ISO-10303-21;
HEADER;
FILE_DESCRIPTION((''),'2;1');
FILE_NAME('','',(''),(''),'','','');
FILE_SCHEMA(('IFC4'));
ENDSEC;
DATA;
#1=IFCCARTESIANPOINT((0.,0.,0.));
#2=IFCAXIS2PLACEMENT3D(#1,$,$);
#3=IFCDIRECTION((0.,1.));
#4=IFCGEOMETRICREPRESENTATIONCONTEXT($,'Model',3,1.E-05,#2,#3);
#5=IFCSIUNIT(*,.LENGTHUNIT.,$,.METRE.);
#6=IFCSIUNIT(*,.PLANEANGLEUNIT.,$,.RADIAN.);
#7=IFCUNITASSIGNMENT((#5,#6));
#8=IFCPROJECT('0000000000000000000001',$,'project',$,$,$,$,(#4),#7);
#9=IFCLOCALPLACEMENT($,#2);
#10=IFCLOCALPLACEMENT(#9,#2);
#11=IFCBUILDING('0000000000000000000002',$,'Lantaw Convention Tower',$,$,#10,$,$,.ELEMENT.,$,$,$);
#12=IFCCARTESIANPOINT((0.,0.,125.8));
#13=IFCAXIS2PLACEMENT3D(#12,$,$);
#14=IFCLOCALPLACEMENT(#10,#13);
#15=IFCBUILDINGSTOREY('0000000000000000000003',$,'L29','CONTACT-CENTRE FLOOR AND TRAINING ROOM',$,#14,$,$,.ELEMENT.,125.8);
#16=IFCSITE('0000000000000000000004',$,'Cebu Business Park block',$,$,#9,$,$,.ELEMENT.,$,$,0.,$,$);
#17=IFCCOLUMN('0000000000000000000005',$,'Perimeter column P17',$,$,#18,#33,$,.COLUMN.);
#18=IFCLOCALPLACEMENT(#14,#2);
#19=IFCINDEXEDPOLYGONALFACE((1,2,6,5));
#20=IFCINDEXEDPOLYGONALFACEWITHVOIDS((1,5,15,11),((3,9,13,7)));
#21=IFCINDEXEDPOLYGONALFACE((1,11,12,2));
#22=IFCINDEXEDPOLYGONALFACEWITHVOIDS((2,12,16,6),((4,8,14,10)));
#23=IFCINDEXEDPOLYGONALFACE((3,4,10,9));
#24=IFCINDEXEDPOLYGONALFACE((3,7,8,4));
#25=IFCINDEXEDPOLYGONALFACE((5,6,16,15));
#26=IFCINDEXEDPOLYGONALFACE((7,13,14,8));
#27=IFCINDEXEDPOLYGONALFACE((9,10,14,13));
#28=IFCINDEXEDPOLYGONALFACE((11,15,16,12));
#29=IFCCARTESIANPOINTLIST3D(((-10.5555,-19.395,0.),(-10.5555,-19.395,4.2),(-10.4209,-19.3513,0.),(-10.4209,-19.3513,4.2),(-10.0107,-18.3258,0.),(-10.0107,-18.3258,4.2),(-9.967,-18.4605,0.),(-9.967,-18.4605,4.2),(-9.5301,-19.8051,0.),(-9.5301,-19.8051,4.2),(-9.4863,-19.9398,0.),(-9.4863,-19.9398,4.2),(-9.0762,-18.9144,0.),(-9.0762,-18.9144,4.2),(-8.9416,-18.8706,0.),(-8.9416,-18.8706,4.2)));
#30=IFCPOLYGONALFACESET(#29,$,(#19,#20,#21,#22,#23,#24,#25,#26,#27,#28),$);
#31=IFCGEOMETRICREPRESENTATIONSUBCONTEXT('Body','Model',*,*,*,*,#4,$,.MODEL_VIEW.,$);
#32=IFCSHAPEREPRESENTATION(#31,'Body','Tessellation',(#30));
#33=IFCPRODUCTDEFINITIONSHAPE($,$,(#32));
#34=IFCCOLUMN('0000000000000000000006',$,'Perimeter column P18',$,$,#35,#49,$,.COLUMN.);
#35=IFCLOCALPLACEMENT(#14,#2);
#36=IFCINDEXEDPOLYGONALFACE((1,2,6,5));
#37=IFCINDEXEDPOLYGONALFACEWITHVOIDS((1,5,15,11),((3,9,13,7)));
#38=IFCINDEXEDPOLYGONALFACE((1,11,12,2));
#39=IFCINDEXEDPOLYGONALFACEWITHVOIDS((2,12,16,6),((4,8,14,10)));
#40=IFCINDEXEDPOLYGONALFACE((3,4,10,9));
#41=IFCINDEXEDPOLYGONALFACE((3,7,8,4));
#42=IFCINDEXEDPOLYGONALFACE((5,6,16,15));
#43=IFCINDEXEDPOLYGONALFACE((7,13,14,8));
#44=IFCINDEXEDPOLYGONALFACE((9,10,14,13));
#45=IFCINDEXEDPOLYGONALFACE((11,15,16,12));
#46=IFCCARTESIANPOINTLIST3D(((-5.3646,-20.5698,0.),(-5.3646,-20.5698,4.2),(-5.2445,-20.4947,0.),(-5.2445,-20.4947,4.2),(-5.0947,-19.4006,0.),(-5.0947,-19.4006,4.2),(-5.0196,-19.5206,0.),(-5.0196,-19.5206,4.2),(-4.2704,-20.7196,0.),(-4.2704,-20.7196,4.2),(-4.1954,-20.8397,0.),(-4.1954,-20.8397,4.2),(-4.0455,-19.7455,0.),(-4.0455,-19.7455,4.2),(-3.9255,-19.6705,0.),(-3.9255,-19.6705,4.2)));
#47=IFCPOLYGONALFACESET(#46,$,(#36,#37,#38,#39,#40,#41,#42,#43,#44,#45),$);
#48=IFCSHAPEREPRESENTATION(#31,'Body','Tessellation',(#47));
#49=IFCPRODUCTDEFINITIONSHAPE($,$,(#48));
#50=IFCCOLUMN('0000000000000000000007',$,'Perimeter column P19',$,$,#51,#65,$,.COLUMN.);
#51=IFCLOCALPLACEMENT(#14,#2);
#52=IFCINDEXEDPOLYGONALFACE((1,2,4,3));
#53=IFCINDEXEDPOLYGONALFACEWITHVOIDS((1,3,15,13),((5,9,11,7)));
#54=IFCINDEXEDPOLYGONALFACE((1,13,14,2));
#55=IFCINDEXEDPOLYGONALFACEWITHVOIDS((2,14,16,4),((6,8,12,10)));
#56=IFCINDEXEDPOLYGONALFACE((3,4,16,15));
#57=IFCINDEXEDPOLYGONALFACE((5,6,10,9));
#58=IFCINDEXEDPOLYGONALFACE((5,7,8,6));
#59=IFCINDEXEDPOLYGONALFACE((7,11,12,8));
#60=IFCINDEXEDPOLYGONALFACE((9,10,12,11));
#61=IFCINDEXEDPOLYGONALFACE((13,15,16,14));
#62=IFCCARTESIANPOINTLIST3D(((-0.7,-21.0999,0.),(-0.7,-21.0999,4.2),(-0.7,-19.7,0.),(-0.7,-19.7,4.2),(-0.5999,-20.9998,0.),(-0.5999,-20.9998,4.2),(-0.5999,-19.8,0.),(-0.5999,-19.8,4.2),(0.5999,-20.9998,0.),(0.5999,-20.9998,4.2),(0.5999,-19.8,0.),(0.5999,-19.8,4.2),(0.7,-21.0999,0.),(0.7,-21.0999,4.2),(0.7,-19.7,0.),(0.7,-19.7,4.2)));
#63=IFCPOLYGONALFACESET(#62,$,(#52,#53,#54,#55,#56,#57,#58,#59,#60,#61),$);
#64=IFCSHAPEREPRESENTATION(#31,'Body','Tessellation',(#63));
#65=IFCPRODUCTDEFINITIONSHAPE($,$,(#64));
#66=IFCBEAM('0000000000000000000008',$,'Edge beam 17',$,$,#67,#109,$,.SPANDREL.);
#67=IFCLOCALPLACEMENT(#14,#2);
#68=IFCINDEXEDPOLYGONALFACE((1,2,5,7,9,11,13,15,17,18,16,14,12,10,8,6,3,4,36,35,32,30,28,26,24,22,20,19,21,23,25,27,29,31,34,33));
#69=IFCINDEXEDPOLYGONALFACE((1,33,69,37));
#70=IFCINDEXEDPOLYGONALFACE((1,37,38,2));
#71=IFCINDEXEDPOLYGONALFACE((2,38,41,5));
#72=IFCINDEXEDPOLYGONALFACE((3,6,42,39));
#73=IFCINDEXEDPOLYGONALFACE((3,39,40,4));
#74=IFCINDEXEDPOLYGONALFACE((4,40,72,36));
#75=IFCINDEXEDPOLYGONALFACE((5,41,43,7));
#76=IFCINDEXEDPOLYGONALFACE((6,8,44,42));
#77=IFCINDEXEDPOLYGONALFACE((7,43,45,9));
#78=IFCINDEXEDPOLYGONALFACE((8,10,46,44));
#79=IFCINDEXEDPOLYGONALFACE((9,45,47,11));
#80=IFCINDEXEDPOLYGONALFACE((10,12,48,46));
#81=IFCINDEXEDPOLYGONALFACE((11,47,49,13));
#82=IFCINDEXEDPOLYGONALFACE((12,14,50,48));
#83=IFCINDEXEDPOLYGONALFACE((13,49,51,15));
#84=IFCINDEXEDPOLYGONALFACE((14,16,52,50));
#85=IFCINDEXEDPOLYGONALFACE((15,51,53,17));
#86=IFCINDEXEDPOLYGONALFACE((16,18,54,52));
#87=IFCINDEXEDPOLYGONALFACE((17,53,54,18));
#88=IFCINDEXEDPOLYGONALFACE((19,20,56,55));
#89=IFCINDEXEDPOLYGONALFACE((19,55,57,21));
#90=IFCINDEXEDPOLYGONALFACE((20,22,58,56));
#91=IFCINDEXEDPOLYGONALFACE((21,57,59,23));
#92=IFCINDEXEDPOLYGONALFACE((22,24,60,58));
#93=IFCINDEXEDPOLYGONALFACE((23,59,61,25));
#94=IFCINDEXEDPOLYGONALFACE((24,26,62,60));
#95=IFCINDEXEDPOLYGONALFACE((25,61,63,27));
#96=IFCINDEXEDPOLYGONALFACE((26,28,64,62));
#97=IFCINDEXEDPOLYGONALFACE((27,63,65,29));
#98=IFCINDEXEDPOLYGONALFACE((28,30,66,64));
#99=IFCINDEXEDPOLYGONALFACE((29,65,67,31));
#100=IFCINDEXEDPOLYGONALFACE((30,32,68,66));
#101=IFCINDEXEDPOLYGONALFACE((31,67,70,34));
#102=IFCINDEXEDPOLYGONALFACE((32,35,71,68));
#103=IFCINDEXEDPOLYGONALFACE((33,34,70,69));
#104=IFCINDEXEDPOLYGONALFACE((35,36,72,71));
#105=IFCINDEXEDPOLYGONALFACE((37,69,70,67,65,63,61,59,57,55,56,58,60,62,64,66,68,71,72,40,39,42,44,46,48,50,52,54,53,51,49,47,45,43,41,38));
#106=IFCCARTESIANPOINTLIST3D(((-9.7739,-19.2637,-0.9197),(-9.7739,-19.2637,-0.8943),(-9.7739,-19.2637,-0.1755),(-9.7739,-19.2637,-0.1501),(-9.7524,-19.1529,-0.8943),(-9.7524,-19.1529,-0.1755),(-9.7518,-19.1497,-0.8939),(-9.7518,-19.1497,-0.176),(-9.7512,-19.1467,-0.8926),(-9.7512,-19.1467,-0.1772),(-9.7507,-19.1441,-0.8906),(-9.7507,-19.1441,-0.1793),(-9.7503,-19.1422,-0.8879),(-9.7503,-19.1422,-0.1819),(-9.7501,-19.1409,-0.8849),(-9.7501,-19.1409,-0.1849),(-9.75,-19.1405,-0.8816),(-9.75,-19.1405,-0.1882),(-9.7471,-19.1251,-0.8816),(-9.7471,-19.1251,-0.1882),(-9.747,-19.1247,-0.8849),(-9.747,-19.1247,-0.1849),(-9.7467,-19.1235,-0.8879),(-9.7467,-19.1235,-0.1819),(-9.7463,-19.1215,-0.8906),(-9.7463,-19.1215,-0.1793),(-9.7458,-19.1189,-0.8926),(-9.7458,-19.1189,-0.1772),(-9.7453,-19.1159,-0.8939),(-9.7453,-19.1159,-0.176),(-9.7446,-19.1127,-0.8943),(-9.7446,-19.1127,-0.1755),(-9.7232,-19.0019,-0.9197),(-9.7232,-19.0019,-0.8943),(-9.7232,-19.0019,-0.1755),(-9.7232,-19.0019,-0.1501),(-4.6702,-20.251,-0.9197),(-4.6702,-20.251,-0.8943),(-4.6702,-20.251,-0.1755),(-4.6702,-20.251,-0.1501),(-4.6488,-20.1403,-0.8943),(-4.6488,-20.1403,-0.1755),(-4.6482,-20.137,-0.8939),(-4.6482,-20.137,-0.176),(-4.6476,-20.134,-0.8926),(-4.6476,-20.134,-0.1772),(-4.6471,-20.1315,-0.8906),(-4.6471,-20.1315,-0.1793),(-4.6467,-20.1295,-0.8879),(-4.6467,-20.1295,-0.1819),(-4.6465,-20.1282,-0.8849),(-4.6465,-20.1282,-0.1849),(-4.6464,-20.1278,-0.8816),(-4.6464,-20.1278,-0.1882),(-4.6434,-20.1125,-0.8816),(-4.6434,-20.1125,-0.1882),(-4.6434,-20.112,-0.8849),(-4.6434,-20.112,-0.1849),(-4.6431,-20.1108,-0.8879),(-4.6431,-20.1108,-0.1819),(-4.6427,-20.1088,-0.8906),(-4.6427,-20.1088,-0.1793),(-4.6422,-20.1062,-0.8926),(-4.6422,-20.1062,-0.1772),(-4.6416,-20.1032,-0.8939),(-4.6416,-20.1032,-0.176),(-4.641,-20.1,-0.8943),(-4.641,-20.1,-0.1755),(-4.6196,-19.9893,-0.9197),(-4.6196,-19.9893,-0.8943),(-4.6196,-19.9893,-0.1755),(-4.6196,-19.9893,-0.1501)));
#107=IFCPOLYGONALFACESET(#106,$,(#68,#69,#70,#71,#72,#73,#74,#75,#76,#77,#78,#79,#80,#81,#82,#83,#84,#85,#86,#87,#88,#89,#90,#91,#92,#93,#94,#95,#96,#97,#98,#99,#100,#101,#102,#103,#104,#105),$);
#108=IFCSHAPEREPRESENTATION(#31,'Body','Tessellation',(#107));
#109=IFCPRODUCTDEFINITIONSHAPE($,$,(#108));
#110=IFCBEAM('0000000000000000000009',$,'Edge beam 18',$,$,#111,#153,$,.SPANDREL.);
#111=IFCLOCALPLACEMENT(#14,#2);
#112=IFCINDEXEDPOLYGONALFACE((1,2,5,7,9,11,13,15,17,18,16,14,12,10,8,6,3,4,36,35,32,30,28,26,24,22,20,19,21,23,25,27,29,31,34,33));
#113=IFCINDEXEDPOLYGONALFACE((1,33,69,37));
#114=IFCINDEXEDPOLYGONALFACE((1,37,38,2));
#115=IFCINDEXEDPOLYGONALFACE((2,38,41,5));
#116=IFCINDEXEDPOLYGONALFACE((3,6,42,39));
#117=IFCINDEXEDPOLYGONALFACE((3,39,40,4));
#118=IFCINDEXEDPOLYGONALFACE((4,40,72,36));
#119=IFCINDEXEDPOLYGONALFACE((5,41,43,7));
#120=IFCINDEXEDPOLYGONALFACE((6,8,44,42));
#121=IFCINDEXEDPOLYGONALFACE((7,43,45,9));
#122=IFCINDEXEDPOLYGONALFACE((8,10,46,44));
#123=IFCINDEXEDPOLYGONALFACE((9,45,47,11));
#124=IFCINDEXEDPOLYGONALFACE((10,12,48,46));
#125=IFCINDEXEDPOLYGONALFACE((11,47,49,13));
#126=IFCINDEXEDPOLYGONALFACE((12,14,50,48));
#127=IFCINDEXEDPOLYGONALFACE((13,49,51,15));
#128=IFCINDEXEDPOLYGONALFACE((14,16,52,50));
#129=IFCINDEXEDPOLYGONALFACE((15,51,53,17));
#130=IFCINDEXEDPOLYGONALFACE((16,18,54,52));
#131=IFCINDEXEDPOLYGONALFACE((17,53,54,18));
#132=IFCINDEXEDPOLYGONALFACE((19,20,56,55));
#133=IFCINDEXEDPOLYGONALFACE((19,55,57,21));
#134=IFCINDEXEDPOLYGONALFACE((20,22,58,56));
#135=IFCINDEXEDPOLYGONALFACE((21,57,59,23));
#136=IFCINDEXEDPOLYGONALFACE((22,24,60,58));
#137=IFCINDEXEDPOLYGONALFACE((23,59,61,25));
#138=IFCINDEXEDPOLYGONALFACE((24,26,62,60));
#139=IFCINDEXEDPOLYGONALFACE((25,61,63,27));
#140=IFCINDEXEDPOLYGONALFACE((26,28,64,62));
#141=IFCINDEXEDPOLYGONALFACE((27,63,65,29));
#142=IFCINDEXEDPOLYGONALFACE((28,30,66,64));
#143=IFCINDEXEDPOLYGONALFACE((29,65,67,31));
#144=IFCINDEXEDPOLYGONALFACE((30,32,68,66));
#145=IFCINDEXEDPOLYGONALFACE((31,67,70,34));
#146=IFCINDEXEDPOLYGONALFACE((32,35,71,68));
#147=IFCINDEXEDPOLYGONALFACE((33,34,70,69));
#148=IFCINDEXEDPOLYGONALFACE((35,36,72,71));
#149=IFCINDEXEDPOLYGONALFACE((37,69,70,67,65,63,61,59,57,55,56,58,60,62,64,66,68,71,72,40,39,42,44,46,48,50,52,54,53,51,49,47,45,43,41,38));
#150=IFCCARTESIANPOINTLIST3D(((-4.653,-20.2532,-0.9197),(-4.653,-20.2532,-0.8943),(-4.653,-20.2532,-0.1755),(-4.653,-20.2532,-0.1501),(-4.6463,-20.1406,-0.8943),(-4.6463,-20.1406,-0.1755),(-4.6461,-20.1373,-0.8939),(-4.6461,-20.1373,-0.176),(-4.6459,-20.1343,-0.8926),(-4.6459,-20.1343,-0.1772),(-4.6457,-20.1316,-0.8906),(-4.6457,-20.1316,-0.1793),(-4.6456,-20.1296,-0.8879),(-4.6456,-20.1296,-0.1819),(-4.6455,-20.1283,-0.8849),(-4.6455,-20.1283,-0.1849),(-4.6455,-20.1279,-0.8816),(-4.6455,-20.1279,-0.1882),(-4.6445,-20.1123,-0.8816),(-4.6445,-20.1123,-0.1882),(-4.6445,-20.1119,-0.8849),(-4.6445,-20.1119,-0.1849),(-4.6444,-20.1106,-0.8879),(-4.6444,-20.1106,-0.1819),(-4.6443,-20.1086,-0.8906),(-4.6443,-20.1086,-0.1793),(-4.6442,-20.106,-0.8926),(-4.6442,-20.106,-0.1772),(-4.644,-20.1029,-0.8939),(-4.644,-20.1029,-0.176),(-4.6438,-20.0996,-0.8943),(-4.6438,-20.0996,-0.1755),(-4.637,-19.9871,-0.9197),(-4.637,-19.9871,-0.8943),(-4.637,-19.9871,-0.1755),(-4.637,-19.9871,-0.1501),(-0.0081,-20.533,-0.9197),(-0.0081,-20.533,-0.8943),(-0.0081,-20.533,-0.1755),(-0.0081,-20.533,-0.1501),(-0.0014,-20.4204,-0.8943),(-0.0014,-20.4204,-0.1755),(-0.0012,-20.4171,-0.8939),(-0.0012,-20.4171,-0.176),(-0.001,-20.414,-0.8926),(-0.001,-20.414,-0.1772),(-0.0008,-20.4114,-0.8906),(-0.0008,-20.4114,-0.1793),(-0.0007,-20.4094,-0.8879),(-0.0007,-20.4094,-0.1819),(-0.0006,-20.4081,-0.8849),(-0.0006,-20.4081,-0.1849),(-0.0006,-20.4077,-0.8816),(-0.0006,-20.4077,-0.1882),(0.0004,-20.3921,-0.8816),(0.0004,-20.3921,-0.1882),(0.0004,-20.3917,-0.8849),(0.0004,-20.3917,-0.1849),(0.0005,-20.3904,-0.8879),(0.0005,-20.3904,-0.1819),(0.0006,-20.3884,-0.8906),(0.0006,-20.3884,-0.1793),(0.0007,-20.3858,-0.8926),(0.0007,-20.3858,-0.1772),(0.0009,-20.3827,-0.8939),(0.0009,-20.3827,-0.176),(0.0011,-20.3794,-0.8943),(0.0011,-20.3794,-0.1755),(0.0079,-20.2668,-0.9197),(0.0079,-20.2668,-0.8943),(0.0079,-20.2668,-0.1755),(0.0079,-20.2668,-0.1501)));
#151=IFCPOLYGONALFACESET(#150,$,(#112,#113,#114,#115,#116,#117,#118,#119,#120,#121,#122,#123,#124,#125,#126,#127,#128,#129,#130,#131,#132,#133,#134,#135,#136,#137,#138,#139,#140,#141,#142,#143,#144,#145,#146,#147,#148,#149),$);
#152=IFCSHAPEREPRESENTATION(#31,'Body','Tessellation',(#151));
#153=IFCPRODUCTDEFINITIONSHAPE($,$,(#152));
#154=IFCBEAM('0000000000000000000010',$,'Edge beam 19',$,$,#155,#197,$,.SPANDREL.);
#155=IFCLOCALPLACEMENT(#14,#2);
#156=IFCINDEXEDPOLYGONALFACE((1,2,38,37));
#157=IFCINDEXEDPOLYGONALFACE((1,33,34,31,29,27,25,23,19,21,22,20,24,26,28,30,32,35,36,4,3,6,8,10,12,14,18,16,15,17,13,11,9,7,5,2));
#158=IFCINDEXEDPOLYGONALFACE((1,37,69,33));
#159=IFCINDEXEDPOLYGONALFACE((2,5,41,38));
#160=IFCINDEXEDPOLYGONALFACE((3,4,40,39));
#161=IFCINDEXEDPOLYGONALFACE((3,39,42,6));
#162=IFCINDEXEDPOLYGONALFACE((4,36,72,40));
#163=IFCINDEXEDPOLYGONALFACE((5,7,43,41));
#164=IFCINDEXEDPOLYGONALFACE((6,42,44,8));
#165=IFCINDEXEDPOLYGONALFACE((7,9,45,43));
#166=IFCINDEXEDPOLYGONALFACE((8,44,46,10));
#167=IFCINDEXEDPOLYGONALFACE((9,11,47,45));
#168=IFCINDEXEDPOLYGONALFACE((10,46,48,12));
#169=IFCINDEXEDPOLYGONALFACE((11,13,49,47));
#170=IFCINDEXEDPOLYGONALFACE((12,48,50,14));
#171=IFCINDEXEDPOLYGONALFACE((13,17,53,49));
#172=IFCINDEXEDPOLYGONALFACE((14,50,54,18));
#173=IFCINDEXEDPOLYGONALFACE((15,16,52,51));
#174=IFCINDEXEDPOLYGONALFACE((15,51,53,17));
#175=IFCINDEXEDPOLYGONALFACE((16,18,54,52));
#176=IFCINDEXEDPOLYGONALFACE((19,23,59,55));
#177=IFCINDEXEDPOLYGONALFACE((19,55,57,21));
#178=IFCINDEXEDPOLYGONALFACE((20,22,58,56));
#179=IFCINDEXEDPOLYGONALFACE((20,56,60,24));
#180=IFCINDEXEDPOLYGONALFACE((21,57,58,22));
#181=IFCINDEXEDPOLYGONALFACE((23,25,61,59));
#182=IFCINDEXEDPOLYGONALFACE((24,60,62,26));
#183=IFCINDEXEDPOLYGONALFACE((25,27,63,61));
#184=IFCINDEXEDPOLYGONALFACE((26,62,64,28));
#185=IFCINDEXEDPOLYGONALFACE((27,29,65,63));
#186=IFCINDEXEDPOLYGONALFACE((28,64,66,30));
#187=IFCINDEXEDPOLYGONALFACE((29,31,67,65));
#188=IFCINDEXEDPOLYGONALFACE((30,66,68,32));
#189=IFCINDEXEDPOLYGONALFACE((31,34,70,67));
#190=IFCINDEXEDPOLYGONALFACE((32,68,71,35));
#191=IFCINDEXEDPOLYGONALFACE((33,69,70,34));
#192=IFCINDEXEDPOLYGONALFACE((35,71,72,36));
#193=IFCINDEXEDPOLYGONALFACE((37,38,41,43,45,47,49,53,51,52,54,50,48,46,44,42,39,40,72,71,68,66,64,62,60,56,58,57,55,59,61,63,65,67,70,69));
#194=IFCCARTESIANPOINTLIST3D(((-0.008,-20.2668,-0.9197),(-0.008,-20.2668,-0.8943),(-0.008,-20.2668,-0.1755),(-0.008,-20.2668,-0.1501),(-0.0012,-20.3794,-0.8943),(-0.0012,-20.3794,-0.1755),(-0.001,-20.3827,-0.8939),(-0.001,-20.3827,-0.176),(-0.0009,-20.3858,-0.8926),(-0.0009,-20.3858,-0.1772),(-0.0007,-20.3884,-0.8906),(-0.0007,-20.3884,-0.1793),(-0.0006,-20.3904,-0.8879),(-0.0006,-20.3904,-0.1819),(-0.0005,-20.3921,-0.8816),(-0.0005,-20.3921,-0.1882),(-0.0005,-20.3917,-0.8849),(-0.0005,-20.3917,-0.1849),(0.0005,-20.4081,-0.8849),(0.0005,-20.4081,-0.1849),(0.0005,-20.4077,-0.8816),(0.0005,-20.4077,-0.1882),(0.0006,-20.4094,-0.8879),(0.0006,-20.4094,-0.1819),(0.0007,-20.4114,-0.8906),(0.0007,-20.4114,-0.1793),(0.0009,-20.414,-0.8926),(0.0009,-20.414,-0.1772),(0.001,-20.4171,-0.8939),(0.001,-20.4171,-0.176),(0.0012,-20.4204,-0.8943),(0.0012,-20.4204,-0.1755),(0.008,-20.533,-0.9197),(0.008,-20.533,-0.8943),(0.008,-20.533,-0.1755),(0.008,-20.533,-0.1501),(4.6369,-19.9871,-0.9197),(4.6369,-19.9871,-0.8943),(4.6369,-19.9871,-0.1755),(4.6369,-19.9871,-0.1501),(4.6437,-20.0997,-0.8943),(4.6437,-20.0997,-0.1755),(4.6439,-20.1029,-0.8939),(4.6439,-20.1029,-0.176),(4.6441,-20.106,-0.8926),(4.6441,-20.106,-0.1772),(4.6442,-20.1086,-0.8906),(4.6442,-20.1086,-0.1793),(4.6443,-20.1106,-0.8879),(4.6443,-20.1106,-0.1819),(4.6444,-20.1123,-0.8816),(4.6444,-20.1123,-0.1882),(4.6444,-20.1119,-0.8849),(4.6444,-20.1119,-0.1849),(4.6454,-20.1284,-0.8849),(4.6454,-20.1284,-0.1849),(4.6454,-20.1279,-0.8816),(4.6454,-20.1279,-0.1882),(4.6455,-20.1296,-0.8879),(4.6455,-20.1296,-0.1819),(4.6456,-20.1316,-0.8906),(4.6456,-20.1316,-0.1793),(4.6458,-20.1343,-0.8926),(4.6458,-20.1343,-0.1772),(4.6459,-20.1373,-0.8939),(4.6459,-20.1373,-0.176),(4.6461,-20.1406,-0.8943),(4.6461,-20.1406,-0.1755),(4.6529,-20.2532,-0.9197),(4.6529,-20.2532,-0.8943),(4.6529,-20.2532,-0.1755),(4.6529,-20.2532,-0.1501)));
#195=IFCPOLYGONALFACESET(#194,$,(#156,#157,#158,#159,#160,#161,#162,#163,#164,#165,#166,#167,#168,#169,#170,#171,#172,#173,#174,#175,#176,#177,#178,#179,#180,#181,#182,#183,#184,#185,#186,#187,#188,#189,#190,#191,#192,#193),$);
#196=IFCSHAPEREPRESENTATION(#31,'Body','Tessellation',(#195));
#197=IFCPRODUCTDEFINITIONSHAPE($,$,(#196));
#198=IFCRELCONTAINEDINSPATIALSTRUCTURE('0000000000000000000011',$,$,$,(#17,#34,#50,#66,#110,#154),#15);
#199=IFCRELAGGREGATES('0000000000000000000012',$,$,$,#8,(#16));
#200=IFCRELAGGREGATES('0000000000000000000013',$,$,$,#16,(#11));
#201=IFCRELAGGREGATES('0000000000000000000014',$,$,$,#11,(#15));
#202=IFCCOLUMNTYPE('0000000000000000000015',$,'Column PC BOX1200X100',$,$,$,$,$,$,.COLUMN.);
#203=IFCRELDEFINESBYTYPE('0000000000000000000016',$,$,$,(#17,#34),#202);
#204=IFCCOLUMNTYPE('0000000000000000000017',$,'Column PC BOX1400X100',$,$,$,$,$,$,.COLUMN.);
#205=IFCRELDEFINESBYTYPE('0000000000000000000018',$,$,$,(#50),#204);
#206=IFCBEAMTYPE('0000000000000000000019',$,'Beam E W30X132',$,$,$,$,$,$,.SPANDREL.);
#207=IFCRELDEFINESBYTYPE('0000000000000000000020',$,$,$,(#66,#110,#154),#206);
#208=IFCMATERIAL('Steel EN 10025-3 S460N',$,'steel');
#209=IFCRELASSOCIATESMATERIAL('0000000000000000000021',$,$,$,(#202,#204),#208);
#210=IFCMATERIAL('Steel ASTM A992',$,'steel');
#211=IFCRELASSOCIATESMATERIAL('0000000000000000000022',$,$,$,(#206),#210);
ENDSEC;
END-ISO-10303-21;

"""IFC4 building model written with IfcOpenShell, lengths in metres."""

from ifc_helpers import new_model, si_unit, direction, frame, origin, origin_2d, place, context, subcontext, project, spatial, rectangle, hollow_rectangle, i_section, extrude, material, material_profile, profile_set, type_object, element, save


model = new_model("IFC4")

# Units and contexts
model_context = context("Model", 3, precision=1e-05, world=origin(), true_north=direction((0.0, 1.0)))
body_context = subcontext(model_context, "Body", "Model", "MODEL_VIEW")
ifc_project = project(units=[si_unit("LENGTHUNIT", "METRE"), si_unit("PLANEANGLEUNIT", "RADIAN")], contexts=[model_context])

# Site, building, storey
site_placement = place(None, origin())
site = spatial("IfcSite", under=ifc_project, at=site_placement, Name="Cebu Business Park block", CompositionType="ELEMENT", RefElevation=0.0)
building_placement = place(site_placement, origin())
building = spatial("IfcBuilding", under=site, at=building_placement, Name="Lantaw Convention Tower", CompositionType="ELEMENT")
storey_placement = place(building_placement, frame((0.0, 0.0, 125.8)))
storey = spatial("IfcBuildingStorey", under=building, at=storey_placement, Name="L29", Description="CONTACT-CENTRE FLOOR AND TRAINING ROOM", CompositionType="ELEMENT", Elevation=125.8)

# Columns
ifc_material_1 = material(Name="Steel EN 10025-3 S460N", Category="steel")
ifc_material_profile_1 = material_profile(ifc_material_1, hollow_rectangle(XDim=1.2, YDim=1.2, WallThickness=0.1001, at=origin_2d()), Name="BOX1200X100")
ifc_material_2 = material(Name="Concrete C60/75", Category="concrete")
ifc_material_profile_2 = material_profile(ifc_material_2, rectangle(XDim=1.0, YDim=1.0, at=origin_2d()), Name="Concrete fill of BOX1200X100")
ifc_profile_set_1 = profile_set([ifc_material_profile_1, ifc_material_profile_2], Name="Steel EN 10025-3 S460N")
column_type_1 = type_object("IfcColumnType", Name="Column PC BOX1200X100", PredefinedType="COLUMN", material=ifc_profile_set_1)
for number, where, z_axis, x_axis, name in (
    (1, (-9.7485, -19.1328, 0.0), (0.0, 0.0, 1.0), (0.45399, 0.891007, 0.0), "Perimeter column P17"),
    (2, (-4.645, -20.1201, 0.0), (0.0, 0.0, 1.0), (0.224951, 0.97437, 0.0), "Perimeter column P18"),
):
    element("IfcColumn", number, at=place(storey_placement, frame(where, z_axis=z_axis, x_axis=x_axis)), inside=storey, type_object=column_type_1, Name=name, PredefinedType="COLUMN", context=body_context, shape_type="SweptSolid", body=[
        extrude(hollow_rectangle(XDim=1.2, YDim=1.2, WallThickness=0.1001, at=origin_2d()), origin(), (0.0, 0.0, 1.0), 4.2),
    ])
ifc_material_profile_3 = material_profile(ifc_material_1, hollow_rectangle(XDim=1.3999, YDim=1.3999, WallThickness=0.1001, at=origin_2d()), Name="BOX1400X100")
ifc_material_profile_4 = material_profile(ifc_material_2, rectangle(XDim=1.2, YDim=1.2, at=origin_2d()), Name="Concrete fill of BOX1400X100")
ifc_profile_set_2 = profile_set([ifc_material_profile_3, ifc_material_profile_4], Name="Steel EN 10025-3 S460N")
column_type_2 = type_object("IfcColumnType", Name="Column PC BOX1400X100", PredefinedType="COLUMN", material=ifc_profile_set_2)
column_placement = place(storey_placement, frame((0.0, -20.3999, 0.0), z_axis=(0.0, 0.0, 1.0), x_axis=(1.0, 0.0, 0.0)))
element("IfcColumn", 3, at=column_placement, inside=storey, type_object=column_type_2, Name="Perimeter column P19", PredefinedType="COLUMN", context=body_context, shape_type="SweptSolid", body=[
    extrude(hollow_rectangle(XDim=1.3999, YDim=1.3999, WallThickness=0.1001, at=origin_2d()), origin(), (0.0, 0.0, 1.0), 4.2),
])

# Beams
ifc_material_3 = material(Name="Steel ASTM A992", Category="steel")
ifc_material_profile_5 = material_profile(ifc_material_3, i_section(OverallWidth=0.2666, OverallDepth=0.7695, WebThickness=0.0156, FlangeThickness=0.0254, FilletRadius=0.0127, at=origin_2d()), Name="W30X132")
ifc_profile_set_3 = profile_set([ifc_material_profile_5], Name="Steel ASTM A992")
beam_type_1 = type_object("IfcBeamType", Name="Beam E W30X132", PredefinedType="SPANDREL", material=ifc_profile_set_3)
beam_1_placement = place(storey_placement, frame((-9.7485, -19.1328, -0.5349), z_axis=(0.981797, -0.189934, 0.0), x_axis=(0.189934, 0.981797, 0.0)))
element("IfcBeam", 4, at=beam_1_placement, inside=storey, type_object=beam_type_1, Name="Edge beam 17", PredefinedType="SPANDREL", context=body_context, shape_type="SweptSolid", body=[
    extrude(i_section(OverallWidth=0.2666, OverallDepth=0.7695, WebThickness=0.0156, FlangeThickness=0.0254, FilletRadius=0.0127, at=origin_2d()), origin(), (0.0, 0.0, 1.0), 5.1982),
])
for number, where, z_axis, x_axis, name in (
    (5, (-4.645, -20.1201, -0.5349), (0.998191, -0.060124, 0.0), (0.060124, 0.998191, 0.0), "Edge beam 18"),
    (6, (0.0, -20.3999, -0.5349), (0.998191, 0.060124, 0.0), (-0.060124, 0.998191, 0.0), "Edge beam 19"),
):
    element("IfcBeam", number, at=place(storey_placement, frame(where, z_axis=z_axis, x_axis=x_axis)), inside=storey, type_object=beam_type_1, Name=name, PredefinedType="SPANDREL", context=body_context, shape_type="SweptSolid", body=[
        extrude(i_section(OverallWidth=0.2666, OverallDepth=0.7695, WebThickness=0.0156, FlangeThickness=0.0254, FilletRadius=0.0127, at=origin_2d()), origin(), (0.0, 0.0, 1.0), 4.6533),
    ])

save(model, "model.ifc")
